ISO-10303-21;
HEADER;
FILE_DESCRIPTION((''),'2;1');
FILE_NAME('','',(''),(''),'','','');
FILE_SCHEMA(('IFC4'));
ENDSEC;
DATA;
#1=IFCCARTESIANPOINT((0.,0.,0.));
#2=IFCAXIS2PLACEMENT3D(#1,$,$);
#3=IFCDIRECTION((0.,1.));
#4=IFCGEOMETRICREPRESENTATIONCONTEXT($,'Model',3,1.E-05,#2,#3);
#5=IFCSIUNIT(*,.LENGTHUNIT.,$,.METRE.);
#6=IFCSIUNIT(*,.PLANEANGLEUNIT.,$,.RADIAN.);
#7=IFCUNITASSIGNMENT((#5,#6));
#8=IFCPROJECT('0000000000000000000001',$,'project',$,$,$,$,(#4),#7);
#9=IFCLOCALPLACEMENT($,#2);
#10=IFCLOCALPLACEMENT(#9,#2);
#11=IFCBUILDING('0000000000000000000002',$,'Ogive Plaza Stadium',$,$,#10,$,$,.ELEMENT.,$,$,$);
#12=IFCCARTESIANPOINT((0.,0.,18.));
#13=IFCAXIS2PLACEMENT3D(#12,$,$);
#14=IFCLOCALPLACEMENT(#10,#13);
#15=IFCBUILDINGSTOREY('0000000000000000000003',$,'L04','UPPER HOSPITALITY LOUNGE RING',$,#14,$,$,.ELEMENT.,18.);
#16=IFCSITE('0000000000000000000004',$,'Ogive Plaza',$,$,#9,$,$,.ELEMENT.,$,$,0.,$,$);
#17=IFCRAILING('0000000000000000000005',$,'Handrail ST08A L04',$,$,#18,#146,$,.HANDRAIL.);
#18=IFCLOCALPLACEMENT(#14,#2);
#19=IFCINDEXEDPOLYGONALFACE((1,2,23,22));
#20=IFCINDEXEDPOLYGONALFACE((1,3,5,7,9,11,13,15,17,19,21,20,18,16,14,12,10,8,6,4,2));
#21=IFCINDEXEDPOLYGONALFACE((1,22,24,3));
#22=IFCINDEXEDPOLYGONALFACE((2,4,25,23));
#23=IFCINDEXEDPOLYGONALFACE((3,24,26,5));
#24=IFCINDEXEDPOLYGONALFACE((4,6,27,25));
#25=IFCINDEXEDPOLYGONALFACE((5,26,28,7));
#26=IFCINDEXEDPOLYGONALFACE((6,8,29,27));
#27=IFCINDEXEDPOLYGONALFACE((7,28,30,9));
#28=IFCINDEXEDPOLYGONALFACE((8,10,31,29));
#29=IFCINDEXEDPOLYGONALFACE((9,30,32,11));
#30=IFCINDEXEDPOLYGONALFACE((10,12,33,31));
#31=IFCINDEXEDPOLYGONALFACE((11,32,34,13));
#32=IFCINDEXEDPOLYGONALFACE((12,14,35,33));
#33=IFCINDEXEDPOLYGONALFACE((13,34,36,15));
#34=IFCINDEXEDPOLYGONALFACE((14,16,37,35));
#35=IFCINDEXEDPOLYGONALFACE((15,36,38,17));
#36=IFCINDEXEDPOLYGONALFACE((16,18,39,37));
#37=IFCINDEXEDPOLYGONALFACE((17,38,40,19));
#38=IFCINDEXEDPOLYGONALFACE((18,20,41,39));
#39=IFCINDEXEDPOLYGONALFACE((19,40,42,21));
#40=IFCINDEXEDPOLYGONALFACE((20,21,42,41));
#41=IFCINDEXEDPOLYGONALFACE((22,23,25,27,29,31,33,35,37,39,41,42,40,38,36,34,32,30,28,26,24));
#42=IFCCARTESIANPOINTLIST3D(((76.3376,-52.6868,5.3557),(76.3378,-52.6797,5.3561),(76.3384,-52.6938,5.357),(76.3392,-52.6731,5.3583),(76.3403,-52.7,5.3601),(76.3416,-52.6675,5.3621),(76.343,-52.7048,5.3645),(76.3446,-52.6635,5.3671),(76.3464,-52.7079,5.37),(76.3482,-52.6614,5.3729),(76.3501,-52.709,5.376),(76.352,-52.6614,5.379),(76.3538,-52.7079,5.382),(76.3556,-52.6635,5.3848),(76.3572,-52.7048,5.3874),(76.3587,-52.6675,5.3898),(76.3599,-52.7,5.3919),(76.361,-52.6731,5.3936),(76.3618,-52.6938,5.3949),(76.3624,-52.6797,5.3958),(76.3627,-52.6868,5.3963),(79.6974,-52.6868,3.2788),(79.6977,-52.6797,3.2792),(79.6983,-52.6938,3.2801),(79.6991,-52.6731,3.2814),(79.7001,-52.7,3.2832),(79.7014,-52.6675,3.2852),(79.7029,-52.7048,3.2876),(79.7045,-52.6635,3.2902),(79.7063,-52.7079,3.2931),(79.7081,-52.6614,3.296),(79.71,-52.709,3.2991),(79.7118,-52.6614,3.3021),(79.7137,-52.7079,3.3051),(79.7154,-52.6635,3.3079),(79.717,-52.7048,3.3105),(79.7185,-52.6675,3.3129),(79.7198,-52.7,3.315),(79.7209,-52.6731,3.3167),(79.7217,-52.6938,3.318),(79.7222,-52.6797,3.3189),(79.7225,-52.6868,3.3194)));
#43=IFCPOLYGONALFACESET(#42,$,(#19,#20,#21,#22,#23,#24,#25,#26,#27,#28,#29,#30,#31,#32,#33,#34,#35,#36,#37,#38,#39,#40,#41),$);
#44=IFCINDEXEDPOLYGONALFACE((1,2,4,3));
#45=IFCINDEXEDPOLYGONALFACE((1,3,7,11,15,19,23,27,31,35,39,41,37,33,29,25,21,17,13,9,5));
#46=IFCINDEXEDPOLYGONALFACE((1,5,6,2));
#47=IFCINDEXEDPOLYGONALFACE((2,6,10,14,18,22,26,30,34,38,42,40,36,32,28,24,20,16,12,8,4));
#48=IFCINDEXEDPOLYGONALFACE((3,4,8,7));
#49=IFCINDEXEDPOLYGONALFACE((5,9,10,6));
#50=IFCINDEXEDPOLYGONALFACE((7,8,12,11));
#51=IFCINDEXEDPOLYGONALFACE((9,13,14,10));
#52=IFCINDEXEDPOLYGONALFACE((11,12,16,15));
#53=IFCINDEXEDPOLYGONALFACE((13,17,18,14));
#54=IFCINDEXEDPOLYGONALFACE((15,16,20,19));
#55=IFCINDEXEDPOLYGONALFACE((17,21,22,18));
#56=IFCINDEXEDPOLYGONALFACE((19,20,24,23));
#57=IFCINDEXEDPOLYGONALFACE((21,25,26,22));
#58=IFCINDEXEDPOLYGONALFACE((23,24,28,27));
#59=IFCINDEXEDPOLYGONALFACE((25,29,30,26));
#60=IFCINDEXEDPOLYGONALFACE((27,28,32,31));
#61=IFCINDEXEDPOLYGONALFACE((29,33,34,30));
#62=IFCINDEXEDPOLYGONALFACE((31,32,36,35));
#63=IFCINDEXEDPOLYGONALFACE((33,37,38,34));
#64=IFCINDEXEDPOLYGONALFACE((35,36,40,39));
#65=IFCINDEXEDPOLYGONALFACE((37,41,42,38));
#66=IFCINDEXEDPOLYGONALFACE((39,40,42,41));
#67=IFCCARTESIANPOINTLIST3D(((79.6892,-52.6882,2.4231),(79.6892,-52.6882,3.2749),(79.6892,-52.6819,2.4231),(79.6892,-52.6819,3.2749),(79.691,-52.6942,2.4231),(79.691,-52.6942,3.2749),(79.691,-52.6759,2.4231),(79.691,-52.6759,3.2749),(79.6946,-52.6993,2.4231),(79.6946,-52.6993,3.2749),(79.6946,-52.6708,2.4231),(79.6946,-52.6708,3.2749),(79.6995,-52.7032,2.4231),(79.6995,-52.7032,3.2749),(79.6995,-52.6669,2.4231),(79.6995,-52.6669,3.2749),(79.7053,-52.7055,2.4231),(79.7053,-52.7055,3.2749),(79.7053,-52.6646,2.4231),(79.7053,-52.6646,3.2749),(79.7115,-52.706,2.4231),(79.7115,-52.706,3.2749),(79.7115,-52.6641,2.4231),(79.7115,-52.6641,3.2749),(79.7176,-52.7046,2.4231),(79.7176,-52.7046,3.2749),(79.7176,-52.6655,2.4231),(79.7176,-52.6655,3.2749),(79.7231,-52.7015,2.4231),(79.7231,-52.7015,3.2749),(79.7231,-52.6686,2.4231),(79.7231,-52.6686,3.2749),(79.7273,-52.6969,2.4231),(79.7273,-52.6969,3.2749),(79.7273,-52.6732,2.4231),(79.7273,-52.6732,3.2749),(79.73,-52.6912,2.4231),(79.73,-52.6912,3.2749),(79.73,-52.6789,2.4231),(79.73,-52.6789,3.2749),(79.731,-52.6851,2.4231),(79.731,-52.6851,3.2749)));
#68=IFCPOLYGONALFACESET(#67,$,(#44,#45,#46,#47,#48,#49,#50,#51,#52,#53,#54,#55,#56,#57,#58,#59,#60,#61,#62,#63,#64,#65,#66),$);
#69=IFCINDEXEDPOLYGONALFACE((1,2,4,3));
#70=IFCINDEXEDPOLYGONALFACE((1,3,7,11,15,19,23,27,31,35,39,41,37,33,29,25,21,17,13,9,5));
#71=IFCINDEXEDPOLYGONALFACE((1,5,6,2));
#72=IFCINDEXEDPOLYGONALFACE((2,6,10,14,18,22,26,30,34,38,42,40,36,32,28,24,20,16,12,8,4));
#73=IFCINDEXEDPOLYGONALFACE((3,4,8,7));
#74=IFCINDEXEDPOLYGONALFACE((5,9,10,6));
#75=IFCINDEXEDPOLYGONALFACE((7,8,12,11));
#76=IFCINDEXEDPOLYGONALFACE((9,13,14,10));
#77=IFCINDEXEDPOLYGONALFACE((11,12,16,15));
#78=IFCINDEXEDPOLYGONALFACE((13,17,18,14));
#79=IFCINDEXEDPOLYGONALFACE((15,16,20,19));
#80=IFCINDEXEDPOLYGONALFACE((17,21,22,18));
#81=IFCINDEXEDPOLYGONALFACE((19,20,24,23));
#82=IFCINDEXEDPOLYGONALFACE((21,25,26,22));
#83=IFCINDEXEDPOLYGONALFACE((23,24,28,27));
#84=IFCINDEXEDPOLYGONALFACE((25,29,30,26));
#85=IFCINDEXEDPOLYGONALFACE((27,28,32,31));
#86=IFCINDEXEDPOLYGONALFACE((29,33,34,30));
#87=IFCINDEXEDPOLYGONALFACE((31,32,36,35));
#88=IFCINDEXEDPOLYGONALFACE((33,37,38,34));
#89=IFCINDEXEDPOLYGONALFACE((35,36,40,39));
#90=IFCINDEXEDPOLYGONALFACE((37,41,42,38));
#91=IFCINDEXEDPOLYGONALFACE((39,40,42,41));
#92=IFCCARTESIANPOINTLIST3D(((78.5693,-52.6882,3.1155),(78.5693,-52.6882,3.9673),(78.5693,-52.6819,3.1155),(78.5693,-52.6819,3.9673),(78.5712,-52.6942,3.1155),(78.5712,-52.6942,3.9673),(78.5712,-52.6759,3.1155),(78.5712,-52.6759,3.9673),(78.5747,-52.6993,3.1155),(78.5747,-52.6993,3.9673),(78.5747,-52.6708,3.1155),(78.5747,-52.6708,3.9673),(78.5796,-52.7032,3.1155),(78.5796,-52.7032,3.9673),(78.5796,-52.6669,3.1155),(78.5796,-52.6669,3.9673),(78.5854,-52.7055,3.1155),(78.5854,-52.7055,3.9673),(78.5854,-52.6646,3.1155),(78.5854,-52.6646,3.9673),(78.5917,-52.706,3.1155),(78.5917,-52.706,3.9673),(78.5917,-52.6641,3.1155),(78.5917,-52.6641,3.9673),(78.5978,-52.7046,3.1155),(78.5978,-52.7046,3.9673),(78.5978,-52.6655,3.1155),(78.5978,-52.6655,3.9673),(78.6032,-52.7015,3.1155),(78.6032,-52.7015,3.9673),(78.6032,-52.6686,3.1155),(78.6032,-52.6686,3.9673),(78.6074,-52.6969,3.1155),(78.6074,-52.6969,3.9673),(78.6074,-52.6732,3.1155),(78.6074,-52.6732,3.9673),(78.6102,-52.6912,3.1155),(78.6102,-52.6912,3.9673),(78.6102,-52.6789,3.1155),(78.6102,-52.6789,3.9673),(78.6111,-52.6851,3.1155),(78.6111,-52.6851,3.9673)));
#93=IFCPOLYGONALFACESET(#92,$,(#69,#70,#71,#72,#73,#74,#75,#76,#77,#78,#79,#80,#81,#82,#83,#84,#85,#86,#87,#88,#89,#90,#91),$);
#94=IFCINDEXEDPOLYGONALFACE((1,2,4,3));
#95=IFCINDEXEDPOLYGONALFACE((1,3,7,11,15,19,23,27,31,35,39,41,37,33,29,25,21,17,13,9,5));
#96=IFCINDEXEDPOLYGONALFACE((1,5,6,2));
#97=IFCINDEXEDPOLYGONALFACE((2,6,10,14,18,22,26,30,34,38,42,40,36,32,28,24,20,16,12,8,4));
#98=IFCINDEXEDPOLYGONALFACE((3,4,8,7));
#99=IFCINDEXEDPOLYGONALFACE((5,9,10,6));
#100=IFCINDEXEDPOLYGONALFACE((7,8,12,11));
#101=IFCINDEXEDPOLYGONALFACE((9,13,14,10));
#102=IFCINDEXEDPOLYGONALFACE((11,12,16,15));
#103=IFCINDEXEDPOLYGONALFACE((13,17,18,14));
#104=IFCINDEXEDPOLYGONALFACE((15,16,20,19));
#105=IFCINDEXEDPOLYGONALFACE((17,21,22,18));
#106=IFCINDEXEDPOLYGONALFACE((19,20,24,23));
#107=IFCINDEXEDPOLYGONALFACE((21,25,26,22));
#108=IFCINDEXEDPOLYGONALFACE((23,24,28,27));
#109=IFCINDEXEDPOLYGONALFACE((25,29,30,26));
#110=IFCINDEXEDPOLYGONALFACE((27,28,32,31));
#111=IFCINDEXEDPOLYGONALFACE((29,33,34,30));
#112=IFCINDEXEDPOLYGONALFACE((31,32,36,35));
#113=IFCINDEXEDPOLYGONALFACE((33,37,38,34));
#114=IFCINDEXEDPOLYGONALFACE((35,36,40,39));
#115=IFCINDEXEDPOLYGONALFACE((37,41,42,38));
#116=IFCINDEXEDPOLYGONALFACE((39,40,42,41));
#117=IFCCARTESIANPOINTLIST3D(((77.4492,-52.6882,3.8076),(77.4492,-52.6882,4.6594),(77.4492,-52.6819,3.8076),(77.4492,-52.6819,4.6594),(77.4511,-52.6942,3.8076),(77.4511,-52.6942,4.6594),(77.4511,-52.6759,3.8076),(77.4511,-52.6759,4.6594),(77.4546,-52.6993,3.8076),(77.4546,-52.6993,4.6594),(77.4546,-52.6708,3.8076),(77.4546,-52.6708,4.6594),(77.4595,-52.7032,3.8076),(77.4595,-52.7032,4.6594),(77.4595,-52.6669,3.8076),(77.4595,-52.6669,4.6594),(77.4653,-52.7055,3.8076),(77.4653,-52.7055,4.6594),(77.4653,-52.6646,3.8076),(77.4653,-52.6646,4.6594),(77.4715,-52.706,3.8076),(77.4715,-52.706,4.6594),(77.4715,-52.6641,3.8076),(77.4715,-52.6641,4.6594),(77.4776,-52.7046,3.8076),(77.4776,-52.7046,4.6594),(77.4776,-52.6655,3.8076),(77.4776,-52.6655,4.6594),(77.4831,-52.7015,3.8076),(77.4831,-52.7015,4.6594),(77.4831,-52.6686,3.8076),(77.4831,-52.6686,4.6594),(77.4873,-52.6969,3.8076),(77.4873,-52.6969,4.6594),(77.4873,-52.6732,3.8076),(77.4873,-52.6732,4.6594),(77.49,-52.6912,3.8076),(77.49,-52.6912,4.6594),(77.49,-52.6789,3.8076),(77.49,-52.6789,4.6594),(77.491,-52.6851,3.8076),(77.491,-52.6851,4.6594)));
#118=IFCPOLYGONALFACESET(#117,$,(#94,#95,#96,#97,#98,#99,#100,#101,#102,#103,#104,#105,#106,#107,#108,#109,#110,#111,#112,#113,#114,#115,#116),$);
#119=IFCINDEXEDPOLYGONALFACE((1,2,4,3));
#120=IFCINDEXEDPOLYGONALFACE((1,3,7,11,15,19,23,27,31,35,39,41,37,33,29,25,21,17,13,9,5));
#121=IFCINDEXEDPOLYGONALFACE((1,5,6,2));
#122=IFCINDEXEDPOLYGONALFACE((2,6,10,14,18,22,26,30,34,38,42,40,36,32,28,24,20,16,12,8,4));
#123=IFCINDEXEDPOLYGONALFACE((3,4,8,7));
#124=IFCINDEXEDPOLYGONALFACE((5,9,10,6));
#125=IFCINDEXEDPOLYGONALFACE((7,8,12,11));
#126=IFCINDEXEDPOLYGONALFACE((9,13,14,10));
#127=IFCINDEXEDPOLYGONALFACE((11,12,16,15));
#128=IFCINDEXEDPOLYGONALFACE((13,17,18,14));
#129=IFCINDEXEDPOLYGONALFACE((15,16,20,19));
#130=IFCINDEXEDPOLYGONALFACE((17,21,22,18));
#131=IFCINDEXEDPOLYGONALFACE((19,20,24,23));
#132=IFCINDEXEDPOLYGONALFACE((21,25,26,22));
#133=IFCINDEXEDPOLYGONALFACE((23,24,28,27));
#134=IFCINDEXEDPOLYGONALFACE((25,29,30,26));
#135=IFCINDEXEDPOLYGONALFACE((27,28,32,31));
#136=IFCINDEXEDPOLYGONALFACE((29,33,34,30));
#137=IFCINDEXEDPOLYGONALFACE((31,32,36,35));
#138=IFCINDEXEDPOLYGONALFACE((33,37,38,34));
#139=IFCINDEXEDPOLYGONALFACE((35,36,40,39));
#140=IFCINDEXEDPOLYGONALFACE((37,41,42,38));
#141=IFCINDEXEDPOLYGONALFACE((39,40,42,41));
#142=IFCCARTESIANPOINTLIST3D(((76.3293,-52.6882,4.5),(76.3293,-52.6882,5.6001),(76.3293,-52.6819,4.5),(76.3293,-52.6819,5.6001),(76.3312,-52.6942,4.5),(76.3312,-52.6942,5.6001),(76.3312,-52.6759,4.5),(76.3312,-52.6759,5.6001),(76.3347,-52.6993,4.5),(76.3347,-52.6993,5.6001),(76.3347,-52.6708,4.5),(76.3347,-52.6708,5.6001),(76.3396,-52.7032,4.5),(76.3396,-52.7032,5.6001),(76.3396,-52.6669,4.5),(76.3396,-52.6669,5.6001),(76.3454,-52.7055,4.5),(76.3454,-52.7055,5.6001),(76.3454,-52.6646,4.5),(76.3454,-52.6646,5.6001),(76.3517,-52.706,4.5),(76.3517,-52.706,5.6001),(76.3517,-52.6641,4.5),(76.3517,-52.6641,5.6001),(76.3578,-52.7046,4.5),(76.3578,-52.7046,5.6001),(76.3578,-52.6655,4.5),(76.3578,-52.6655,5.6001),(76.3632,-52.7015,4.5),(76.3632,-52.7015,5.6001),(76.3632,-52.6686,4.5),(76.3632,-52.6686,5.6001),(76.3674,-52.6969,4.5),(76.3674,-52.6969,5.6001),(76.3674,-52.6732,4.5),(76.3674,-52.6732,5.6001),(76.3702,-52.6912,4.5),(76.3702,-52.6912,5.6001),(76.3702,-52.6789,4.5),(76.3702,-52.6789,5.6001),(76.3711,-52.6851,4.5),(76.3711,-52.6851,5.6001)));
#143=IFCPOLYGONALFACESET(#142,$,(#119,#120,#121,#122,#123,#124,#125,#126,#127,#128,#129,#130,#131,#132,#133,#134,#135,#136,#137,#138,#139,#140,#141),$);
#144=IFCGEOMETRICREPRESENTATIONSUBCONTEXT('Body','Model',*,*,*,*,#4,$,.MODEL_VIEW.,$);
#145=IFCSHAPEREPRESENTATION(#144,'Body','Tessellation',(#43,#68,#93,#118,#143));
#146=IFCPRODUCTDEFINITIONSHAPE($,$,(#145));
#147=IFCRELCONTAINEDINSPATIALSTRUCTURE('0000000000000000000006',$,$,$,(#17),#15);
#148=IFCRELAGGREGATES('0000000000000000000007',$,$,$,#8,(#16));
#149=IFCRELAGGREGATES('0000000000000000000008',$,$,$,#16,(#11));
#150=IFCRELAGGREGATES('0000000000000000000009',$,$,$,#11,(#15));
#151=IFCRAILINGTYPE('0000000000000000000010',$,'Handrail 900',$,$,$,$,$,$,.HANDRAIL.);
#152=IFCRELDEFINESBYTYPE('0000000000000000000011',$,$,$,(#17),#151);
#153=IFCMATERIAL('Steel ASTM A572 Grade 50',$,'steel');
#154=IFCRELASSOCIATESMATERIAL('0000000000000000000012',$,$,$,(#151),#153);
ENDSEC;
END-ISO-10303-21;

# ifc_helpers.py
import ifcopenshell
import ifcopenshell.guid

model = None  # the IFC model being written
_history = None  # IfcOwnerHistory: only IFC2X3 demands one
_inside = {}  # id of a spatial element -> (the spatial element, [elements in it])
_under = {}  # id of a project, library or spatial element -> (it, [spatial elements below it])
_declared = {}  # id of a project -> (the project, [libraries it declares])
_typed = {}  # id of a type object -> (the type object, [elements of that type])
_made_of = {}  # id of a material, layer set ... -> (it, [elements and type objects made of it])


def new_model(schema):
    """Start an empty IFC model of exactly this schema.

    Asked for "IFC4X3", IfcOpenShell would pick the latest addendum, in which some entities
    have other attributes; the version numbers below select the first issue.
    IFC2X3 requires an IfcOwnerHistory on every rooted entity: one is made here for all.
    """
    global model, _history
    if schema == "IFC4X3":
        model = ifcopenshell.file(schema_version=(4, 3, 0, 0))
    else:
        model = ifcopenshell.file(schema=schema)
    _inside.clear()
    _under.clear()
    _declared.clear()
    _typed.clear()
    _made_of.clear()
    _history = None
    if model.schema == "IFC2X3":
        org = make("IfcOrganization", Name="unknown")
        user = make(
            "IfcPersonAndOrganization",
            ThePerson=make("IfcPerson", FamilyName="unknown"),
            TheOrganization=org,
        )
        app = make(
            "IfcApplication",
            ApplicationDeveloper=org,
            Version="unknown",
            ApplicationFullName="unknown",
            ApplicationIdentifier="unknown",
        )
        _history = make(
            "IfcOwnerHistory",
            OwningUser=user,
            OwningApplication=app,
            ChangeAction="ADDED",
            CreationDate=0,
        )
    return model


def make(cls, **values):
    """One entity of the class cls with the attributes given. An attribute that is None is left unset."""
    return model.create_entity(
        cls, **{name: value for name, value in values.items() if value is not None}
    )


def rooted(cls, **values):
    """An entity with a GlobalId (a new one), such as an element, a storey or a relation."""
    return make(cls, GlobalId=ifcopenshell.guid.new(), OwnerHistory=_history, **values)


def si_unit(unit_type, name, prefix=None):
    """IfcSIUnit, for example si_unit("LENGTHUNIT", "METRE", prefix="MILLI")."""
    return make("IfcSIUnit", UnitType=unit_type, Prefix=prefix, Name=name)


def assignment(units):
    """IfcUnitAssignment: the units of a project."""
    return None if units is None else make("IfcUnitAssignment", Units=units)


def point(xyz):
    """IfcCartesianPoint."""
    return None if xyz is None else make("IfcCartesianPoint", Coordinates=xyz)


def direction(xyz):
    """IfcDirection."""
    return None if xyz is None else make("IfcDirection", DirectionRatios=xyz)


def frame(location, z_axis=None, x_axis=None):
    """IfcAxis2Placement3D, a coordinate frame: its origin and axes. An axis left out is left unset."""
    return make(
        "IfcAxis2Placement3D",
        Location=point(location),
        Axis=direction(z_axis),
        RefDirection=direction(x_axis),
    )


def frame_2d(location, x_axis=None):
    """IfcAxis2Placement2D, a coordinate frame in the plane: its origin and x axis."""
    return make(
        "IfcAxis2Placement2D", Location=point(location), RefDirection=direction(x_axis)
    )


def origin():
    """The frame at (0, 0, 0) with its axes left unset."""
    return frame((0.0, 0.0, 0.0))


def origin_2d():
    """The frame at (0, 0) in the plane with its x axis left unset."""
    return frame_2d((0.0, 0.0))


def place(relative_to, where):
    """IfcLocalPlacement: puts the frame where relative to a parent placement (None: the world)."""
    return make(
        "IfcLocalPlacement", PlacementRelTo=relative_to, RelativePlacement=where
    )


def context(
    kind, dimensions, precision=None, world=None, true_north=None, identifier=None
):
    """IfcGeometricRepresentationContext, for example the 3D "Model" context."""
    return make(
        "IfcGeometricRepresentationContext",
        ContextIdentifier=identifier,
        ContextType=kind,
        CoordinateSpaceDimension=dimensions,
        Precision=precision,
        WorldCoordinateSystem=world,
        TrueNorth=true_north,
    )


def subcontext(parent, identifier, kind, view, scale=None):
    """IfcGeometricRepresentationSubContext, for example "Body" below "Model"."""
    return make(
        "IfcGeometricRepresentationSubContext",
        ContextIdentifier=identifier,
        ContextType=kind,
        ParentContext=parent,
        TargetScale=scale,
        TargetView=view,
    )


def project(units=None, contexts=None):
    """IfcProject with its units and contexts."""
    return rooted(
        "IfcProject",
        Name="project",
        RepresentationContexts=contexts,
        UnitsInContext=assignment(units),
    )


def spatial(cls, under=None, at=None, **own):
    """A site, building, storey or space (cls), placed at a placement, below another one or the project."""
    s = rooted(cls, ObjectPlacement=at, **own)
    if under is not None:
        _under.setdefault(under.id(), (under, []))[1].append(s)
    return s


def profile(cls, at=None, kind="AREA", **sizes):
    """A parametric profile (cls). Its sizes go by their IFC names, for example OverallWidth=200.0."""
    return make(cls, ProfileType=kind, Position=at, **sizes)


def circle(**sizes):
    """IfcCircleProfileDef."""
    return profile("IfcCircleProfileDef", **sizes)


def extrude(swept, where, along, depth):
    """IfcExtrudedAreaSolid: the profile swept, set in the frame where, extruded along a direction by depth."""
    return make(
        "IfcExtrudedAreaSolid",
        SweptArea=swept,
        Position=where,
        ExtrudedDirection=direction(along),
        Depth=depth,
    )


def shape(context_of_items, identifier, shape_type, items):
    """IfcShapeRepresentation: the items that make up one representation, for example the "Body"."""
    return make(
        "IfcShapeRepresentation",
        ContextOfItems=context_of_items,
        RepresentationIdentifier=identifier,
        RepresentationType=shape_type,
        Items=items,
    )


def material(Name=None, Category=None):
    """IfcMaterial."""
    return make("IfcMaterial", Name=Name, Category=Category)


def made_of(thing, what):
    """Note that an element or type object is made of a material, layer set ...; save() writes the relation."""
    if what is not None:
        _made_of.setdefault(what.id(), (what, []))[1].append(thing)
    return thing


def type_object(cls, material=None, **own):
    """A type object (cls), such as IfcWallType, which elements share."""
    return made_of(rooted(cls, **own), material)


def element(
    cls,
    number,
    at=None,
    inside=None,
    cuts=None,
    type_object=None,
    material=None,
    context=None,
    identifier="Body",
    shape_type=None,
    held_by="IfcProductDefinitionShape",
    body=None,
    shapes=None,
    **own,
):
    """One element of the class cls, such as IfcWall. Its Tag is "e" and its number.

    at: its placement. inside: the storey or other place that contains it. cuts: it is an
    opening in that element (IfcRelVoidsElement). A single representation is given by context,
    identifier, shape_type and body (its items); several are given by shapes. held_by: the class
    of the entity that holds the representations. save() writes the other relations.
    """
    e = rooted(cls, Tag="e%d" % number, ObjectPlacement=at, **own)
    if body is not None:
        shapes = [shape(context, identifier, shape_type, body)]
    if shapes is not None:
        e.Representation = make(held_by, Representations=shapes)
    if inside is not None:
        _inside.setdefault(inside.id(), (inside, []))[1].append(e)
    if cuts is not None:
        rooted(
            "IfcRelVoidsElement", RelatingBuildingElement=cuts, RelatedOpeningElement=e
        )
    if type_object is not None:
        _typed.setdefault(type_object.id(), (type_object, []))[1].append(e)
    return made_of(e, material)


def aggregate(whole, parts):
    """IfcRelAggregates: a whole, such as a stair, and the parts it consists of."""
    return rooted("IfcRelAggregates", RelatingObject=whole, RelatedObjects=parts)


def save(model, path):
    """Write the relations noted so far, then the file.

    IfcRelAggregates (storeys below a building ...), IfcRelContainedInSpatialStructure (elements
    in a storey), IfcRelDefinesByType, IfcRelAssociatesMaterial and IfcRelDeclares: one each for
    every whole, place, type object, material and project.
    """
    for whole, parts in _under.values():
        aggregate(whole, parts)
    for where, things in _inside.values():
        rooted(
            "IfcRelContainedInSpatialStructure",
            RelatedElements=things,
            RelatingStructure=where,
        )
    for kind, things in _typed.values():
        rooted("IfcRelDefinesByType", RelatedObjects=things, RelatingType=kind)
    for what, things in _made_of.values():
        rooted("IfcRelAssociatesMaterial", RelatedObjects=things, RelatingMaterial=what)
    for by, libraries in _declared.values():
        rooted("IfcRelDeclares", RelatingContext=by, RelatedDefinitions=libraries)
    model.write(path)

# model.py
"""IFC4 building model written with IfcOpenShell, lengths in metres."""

from ifc_helpers import new_model, si_unit, direction, frame, origin, origin_2d, place, context, subcontext, project, spatial, circle, extrude, material, type_object, element, save


model = new_model("IFC4")

# Units and contexts
model_context = context("Model", 3, precision=1e-05, world=origin(), true_north=direction((0.0, 1.0)))
body_context = subcontext(model_context, "Body", "Model", "MODEL_VIEW")
ifc_project = project(units=[si_unit("LENGTHUNIT", "METRE"), si_unit("PLANEANGLEUNIT", "RADIAN")], contexts=[model_context])

# Site, building, storey
site_placement = place(None, origin())
site = spatial("IfcSite", under=ifc_project, at=site_placement, Name="Ogive Plaza", CompositionType="ELEMENT", RefElevation=0.0)
building_placement = place(site_placement, origin())
building = spatial("IfcBuilding", under=site, at=building_placement, Name="Ogive Plaza Stadium", CompositionType="ELEMENT")
storey_placement = place(building_placement, frame((0.0, 0.0, 18.0)))
storey = spatial("IfcBuildingStorey", under=building, at=storey_placement, Name="L04", Description="UPPER HOSPITALITY LOUNGE RING", CompositionType="ELEMENT", Elevation=18.0)

# Railing
ifc_material_1 = material(Name="Steel ASTM A572 Grade 50", Category="steel")
railing_type = type_object("IfcRailingType", Name="Handrail 900", PredefinedType="HANDRAIL", material=ifc_material_1)
for number, where, name in (
    (1, (79.71, -52.6851, 2.4231), "Handrail ST08A L04"),
):
    element("IfcRailing", number, at=place(storey_placement, frame(where)), inside=storey, type_object=railing_type, Name=name, PredefinedType="HANDRAIL", context=body_context, shape_type="SweptSolid", body=[
        extrude(circle(Radius=0.0239, at=origin_2d()), frame((0.0, 0.0, 0.876), z_axis=(-0.850606, 0.0, 0.525803), x_axis=(0.0, -1.0, 0.0)), (0.0, 0.0, 1.0), 3.95),
        extrude(circle(Radius=0.021, at=origin_2d()), origin(), (0.0, 0.0, 1.0), 0.8518),
        extrude(circle(Radius=0.021, at=origin_2d()), frame((-1.1199, 0.0, 0.6924)), (0.0, 0.0, 1.0), 0.8518),
        extrude(circle(Radius=0.021, at=origin_2d()), frame((-2.24, 0.0, 1.3845)), (0.0, 0.0, 1.0), 0.8518),
        extrude(circle(Radius=0.021, at=origin_2d()), frame((-3.3599, 0.0, 2.0769)), (0.0, 0.0, 1.0), 1.1001),
    ])

save(model, "model.ifc")
